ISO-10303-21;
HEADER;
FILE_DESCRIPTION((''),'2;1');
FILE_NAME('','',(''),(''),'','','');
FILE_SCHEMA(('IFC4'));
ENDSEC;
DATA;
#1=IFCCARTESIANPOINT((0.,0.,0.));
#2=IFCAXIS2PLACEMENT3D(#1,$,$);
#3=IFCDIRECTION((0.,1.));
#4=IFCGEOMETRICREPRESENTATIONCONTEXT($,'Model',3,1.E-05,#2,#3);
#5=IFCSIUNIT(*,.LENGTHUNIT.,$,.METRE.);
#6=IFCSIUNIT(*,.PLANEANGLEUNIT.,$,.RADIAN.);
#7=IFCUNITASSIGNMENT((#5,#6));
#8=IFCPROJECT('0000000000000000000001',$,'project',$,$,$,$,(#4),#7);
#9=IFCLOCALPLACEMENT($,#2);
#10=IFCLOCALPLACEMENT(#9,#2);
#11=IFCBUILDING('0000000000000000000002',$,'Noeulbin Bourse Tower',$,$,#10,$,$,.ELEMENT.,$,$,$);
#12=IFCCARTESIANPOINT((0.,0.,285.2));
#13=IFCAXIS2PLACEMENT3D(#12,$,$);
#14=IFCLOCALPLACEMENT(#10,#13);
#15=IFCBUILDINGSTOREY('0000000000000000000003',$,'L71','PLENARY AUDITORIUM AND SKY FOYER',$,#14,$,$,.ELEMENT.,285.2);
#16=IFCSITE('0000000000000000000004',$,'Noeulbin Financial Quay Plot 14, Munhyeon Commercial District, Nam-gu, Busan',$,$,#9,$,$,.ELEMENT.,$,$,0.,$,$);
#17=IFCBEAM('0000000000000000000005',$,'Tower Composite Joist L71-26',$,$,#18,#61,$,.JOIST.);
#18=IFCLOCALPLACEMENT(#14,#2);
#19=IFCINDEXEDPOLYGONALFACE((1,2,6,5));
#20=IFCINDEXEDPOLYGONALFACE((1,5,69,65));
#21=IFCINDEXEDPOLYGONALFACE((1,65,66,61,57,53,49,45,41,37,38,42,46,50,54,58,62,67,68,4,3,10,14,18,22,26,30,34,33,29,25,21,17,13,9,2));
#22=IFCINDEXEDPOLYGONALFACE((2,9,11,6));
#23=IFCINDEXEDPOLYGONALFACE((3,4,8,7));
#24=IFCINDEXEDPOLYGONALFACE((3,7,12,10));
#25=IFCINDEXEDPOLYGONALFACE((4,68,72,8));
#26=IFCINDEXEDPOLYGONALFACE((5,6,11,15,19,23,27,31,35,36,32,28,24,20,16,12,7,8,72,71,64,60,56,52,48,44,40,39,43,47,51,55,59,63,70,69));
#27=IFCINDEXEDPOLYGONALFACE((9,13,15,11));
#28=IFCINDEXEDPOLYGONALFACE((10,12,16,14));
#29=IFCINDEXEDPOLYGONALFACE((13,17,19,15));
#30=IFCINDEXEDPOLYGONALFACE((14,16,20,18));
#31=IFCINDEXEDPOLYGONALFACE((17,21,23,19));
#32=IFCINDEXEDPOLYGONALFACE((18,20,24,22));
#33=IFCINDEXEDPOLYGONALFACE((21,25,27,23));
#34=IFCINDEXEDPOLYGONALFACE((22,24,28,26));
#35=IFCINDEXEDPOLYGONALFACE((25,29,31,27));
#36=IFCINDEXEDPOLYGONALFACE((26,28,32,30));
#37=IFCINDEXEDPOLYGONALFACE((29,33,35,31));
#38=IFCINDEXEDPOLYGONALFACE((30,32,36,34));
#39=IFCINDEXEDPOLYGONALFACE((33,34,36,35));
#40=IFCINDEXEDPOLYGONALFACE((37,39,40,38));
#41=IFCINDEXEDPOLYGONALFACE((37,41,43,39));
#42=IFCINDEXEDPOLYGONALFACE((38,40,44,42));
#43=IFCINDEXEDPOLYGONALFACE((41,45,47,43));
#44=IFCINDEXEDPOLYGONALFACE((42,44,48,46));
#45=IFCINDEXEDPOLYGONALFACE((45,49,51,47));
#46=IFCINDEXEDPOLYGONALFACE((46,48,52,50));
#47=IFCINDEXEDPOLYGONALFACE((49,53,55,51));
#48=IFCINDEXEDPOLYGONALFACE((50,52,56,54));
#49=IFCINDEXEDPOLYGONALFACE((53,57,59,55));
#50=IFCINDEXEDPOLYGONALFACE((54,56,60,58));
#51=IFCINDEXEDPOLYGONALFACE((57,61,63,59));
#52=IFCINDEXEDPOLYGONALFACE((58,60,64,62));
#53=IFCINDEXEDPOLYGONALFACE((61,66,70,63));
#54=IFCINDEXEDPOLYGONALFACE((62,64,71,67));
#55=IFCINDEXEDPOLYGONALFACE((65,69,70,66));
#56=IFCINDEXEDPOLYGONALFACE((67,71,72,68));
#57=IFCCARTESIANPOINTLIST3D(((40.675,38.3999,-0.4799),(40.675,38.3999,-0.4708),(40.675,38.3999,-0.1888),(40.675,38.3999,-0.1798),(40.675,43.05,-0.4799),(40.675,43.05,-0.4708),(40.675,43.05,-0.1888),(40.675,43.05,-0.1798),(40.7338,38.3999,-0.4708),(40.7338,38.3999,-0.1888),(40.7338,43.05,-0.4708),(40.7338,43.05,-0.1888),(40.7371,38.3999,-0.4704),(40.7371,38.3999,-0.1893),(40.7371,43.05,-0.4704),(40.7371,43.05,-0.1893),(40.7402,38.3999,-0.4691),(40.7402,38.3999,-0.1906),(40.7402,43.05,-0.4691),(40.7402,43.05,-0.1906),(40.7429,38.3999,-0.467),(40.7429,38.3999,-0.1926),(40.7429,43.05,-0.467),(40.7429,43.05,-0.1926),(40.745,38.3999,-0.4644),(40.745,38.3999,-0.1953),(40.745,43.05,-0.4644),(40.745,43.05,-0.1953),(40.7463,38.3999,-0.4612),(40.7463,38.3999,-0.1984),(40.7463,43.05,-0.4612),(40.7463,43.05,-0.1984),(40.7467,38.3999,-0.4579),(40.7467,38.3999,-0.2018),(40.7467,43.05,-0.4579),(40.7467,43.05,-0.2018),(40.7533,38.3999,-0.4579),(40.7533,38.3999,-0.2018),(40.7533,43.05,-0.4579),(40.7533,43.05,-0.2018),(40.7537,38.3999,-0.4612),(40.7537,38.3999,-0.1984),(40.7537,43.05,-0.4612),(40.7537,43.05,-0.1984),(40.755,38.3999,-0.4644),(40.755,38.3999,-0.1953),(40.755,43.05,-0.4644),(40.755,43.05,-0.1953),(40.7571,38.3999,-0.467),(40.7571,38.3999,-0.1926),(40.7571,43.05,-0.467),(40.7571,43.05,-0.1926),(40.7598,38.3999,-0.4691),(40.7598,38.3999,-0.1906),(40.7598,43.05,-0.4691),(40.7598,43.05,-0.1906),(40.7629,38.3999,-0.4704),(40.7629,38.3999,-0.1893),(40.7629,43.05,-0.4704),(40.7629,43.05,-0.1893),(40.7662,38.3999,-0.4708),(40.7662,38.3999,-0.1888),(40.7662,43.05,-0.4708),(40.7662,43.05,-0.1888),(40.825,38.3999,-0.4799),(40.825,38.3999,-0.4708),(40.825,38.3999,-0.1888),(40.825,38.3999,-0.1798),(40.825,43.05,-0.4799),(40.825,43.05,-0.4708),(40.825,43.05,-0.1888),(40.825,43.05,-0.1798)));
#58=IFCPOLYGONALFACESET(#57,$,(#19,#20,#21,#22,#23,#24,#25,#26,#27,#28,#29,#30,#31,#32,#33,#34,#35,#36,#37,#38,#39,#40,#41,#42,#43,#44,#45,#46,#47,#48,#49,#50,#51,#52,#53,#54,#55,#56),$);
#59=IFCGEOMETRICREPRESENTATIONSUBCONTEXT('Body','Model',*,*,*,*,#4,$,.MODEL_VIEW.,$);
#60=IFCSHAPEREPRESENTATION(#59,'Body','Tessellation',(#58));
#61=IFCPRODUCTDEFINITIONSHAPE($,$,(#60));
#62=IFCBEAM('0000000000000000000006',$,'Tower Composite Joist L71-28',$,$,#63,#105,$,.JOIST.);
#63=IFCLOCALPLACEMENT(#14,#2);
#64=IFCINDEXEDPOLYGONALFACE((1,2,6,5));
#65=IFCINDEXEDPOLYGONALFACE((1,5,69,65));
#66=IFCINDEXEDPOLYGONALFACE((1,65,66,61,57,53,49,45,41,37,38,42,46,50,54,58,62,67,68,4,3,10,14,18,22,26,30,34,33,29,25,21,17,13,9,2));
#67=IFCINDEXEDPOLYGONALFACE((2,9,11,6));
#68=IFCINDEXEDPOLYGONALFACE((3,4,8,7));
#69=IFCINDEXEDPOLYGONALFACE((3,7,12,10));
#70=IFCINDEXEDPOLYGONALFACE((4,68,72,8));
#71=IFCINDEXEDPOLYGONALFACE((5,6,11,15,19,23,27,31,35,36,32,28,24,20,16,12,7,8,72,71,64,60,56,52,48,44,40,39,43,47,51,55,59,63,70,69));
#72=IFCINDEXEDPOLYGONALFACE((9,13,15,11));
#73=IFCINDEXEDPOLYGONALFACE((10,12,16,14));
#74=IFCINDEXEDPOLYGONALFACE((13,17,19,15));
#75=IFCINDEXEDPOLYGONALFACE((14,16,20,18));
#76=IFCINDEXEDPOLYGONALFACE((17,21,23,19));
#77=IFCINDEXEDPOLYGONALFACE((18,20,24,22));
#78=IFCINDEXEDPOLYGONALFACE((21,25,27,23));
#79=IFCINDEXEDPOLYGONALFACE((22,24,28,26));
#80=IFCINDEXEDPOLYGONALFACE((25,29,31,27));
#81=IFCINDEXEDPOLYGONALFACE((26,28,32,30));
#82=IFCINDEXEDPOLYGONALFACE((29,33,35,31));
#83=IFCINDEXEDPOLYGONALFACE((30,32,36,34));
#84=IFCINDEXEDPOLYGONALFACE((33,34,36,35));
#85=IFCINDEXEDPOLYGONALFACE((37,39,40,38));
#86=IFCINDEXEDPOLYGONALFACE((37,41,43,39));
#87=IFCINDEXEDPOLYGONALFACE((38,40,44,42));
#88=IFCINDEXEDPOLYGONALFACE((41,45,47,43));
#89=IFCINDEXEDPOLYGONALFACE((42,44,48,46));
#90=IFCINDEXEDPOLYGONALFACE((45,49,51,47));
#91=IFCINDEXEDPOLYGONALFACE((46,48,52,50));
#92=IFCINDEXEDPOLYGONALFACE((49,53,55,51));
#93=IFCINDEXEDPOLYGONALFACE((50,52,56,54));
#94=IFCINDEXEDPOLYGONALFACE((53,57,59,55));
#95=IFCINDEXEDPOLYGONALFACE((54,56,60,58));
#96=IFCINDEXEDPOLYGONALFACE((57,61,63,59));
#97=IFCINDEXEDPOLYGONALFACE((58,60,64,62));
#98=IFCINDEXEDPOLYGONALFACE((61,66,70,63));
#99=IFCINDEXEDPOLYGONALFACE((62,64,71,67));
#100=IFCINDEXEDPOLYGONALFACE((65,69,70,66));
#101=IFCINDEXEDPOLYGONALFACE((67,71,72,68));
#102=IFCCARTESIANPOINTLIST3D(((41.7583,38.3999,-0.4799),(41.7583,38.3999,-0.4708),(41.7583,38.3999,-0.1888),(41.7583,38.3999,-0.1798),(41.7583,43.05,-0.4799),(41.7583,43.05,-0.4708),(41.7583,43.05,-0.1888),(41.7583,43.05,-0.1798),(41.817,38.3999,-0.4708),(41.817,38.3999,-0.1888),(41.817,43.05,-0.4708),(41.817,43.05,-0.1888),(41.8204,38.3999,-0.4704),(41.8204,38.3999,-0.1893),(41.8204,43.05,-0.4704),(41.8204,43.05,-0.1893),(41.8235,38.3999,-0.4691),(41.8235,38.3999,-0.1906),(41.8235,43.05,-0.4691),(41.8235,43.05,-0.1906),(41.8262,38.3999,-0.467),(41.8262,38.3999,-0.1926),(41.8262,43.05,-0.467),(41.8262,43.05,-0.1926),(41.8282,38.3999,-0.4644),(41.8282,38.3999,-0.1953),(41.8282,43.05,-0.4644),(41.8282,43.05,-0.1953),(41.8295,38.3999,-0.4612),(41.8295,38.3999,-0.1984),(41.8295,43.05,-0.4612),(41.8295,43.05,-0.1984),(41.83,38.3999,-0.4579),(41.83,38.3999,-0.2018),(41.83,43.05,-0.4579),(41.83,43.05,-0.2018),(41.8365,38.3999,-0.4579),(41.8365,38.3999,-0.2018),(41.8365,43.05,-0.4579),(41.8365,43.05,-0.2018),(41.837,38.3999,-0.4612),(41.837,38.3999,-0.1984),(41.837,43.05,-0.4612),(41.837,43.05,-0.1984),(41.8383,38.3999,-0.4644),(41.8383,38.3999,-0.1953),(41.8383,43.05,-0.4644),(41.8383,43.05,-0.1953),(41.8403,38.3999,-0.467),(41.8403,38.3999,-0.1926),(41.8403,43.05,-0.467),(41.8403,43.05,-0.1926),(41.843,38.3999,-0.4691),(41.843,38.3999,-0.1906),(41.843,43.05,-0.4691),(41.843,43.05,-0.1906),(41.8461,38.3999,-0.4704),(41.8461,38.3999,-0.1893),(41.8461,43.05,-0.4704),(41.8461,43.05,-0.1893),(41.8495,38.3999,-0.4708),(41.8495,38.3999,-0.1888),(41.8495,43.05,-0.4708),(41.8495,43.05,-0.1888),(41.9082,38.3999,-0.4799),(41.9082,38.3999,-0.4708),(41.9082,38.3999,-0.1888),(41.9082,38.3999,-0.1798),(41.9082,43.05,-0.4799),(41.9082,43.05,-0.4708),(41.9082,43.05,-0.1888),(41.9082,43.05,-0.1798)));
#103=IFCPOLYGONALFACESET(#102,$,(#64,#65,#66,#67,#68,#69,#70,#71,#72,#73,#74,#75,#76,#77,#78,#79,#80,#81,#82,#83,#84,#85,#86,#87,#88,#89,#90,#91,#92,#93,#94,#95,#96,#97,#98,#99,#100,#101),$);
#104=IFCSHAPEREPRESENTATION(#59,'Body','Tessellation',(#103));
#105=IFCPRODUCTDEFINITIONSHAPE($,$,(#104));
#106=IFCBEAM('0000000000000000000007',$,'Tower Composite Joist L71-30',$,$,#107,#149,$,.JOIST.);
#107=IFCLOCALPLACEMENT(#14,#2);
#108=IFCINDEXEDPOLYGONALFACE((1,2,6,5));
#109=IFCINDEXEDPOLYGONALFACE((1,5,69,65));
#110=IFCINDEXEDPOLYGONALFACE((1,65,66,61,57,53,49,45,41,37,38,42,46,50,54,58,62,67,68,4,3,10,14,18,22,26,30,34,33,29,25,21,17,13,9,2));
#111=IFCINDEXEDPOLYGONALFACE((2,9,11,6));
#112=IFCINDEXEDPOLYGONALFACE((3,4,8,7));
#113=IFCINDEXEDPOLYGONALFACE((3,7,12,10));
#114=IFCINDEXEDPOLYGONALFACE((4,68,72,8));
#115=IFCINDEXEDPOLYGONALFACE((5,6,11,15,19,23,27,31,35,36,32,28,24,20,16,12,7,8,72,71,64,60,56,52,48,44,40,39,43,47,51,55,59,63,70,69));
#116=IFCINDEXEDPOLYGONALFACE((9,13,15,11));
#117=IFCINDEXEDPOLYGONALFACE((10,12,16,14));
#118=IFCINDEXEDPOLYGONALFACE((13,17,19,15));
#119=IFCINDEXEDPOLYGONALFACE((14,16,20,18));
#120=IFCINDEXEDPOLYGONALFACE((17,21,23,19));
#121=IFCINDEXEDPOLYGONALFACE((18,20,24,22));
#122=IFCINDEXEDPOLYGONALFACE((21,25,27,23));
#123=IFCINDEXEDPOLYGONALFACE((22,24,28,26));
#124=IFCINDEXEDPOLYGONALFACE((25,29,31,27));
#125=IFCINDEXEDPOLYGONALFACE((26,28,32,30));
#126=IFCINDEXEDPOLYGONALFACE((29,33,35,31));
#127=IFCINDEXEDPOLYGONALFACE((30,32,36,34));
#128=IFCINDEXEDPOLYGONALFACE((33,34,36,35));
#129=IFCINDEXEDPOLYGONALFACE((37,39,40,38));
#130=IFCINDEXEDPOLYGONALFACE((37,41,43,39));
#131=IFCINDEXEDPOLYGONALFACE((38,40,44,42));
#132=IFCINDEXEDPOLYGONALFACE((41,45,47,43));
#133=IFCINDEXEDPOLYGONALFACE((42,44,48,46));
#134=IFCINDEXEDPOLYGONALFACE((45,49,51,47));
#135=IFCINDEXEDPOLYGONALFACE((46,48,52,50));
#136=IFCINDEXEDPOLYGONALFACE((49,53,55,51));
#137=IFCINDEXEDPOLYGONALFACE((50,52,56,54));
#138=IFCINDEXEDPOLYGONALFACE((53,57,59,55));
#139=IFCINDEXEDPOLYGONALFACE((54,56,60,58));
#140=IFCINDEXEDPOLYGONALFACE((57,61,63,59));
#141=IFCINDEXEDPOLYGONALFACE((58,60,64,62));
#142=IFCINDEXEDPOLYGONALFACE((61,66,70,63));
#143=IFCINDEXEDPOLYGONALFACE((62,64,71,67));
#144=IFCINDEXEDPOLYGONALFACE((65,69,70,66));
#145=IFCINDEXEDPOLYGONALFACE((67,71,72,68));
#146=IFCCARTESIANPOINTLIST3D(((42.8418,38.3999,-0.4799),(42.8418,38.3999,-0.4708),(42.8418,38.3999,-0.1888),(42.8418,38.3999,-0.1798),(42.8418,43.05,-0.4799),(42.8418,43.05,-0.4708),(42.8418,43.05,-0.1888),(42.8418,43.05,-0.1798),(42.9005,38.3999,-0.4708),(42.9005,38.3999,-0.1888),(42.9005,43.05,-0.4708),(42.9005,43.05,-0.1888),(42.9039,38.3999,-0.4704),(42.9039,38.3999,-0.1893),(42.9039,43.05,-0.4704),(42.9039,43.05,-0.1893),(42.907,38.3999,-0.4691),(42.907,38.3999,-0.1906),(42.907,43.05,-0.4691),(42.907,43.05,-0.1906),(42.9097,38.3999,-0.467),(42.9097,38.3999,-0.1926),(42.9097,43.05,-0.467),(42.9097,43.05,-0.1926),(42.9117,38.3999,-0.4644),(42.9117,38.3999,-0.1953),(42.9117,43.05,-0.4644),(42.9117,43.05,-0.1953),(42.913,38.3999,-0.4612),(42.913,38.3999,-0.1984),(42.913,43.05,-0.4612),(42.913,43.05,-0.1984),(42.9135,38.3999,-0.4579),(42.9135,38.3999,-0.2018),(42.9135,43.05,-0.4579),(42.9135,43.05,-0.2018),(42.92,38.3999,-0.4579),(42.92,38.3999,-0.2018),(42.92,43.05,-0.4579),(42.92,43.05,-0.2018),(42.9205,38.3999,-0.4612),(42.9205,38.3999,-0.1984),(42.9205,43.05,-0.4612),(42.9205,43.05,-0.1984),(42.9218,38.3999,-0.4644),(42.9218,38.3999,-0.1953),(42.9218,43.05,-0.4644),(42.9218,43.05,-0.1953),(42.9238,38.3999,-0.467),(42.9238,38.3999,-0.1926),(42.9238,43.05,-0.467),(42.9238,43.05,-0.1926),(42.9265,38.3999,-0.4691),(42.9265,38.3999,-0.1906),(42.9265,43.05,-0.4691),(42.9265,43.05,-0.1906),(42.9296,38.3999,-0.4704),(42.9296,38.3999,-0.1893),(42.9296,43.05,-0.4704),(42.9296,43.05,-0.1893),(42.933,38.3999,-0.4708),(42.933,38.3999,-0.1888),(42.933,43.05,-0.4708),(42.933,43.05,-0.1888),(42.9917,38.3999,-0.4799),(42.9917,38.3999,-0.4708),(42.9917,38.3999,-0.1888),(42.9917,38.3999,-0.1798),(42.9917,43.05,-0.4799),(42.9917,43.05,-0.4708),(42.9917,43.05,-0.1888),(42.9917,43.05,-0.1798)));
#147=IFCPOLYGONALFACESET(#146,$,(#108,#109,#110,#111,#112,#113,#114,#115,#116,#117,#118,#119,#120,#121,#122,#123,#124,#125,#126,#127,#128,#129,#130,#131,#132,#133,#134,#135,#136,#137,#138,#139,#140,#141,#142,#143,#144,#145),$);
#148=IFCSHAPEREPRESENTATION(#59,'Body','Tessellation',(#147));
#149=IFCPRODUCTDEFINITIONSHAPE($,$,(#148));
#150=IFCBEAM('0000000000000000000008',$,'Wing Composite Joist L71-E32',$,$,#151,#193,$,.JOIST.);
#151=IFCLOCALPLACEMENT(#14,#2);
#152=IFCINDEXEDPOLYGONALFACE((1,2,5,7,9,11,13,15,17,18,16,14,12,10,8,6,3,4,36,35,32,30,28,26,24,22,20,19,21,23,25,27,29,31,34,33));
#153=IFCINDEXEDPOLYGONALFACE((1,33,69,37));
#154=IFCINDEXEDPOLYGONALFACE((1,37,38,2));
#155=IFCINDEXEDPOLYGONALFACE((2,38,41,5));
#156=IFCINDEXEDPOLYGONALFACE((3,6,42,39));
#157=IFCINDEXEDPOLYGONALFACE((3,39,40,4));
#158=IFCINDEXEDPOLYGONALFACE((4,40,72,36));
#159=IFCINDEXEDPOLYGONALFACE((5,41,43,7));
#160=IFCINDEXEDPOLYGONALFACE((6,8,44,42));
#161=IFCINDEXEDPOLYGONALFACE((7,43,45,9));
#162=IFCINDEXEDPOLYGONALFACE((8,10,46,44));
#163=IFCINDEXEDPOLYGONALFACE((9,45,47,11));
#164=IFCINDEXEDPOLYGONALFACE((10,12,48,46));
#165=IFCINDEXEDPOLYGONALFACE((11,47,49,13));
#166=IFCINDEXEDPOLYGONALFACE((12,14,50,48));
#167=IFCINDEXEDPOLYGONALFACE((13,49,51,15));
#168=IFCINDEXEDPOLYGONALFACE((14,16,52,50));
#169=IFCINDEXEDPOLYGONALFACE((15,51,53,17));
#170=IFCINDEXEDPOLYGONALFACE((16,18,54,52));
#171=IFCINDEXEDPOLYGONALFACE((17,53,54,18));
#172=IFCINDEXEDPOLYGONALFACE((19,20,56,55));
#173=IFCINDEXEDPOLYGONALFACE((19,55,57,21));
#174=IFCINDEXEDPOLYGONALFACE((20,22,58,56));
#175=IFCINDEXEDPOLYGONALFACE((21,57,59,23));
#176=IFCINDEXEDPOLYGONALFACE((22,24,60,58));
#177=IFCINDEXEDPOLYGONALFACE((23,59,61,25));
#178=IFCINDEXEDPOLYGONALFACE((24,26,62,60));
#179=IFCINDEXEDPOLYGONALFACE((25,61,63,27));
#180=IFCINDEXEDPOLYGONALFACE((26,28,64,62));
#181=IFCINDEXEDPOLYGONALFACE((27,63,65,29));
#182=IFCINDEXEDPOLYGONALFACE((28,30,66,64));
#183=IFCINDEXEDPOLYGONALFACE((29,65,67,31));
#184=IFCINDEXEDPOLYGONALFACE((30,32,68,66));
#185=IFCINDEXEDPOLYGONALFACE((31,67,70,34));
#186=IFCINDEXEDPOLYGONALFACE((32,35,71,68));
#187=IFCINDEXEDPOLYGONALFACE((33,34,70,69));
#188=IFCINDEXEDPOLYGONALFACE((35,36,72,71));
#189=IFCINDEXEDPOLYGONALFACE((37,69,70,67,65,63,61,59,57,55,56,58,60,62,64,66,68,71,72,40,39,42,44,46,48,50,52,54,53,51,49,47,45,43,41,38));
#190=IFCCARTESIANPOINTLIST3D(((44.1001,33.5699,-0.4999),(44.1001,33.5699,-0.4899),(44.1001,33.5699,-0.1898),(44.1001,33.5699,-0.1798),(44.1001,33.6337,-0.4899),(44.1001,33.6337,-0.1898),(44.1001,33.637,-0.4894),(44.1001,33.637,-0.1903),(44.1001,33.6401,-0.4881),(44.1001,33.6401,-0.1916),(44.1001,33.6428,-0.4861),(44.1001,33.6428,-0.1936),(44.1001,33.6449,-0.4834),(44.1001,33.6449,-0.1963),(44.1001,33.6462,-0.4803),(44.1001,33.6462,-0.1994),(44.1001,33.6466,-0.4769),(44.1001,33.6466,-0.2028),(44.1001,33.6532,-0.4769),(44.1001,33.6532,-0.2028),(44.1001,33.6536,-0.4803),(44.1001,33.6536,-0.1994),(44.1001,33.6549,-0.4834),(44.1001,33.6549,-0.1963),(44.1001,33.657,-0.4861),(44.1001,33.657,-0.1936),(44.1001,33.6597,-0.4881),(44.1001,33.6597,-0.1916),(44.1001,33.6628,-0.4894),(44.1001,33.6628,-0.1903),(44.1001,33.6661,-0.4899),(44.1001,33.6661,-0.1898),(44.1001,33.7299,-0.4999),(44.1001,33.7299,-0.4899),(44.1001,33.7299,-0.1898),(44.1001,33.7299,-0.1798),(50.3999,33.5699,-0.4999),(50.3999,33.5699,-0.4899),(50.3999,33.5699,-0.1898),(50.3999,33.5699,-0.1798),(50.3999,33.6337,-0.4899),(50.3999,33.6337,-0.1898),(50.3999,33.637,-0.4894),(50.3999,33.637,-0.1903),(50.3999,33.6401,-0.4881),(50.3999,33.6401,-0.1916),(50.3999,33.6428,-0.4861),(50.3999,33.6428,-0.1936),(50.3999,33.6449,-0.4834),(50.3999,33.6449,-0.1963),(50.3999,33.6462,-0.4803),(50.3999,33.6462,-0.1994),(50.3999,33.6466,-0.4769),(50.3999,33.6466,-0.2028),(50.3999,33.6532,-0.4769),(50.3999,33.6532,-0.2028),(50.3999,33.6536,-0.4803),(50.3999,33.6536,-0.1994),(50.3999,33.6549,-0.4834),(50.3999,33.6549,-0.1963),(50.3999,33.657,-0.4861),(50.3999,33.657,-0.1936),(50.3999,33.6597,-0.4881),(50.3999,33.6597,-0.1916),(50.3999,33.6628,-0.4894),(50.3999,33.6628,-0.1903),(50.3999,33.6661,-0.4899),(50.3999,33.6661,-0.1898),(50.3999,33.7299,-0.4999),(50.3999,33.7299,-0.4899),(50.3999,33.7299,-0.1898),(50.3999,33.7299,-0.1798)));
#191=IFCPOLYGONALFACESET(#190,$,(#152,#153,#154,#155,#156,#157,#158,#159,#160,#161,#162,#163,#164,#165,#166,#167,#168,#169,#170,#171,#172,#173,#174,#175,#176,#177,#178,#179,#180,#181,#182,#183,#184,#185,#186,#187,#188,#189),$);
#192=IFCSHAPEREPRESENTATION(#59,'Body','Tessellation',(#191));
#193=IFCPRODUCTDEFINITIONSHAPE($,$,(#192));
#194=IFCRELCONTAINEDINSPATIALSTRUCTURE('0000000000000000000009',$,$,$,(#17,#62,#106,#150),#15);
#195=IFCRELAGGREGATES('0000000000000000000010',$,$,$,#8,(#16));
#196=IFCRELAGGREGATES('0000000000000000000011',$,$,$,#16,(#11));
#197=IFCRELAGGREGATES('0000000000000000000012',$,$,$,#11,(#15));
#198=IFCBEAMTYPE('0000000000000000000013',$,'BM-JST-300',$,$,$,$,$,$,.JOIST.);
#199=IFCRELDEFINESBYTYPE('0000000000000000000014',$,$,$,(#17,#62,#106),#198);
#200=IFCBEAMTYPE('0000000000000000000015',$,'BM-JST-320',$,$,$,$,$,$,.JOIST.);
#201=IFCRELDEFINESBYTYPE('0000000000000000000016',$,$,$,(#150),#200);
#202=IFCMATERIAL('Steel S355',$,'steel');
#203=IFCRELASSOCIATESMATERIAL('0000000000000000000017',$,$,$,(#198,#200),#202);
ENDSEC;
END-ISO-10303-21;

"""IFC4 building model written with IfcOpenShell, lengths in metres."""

from ifc_helpers import new_model, si_unit, direction, frame, origin, origin_2d, place, context, subcontext, project, spatial, i_section, extrude, material, material_profile, profile_set, type_object, element, save


model = new_model("IFC4")

# Units and contexts
model_context = context("Model", 3, precision=1e-05, world=origin(), true_north=direction((0.0, 1.0)))
body_context = subcontext(model_context, "Body", "Model", "MODEL_VIEW")
ifc_project = project(units=[si_unit("LENGTHUNIT", "METRE"), si_unit("PLANEANGLEUNIT", "RADIAN")], contexts=[model_context])

# Site, building, storey
site_placement = place(None, origin())
site = spatial("IfcSite", under=ifc_project, at=site_placement, Name="Noeulbin Financial Quay Plot 14, Munhyeon Commercial District, Nam-gu, Busan", CompositionType="ELEMENT", RefElevation=0.0)
building_placement = place(site_placement, origin())
building = spatial("IfcBuilding", under=site, at=building_placement, Name="Noeulbin Bourse Tower", CompositionType="ELEMENT")
storey_placement = place(building_placement, frame((0.0, 0.0, 285.2)))
storey = spatial("IfcBuildingStorey", under=building, at=storey_placement, Name="L71", Description="PLENARY AUDITORIUM AND SKY FOYER", CompositionType="ELEMENT", Elevation=285.2)

# Shared definitions
ifc_material_1 = material(Name="Steel S355", Category="steel")

# Beams
ifc_material_profile_1 = material_profile(ifc_material_1, i_section(OverallWidth=0.1499, OverallDepth=0.3, WebThickness=0.0066, FlangeThickness=0.009, FilletRadius=0.0129, at=origin_2d()), Name="H-300x150x6.5x9", Category="LoadBearing")
ifc_profile_set_1 = profile_set([ifc_material_profile_1], Name="Steel S355")
beam_type_1 = type_object("IfcBeamType", Name="BM-JST-300", PredefinedType="JOIST", material=ifc_profile_set_1)
for number, where, z_axis, x_axis, name in (
    (1, (40.75, 38.3999, -0.3298), (0.0, 1.0, 0.0), (-1.0, 0.0, 0.0), "Tower Composite Joist L71-26"),
    (2, (41.8333, 38.3999, -0.3298), (0.0, 1.0, 0.0), (-1.0, 0.0, 0.0), "Tower Composite Joist L71-28"),
    (3, (42.9167, 38.3999, -0.3298), (0.0, 1.0, 0.0), (-1.0, 0.0, 0.0), "Tower Composite Joist L71-30"),
):
    element("IfcBeam", number, at=place(storey_placement, frame(where, z_axis=z_axis, x_axis=x_axis)), inside=storey, type_object=beam_type_1, Name=name, PredefinedType="JOIST", context=body_context, shape_type="SweptSolid", body=[
        extrude(i_section(OverallWidth=0.1499, OverallDepth=0.3, WebThickness=0.0066, FlangeThickness=0.009, FilletRadius=0.0129, at=origin_2d()), origin(), (0.0, 0.0, 1.0), 4.6501),
    ])
ifc_material_profile_2 = material_profile(ifc_material_1, i_section(OverallWidth=0.1599, OverallDepth=0.3201, WebThickness=0.0066, FlangeThickness=0.01, FilletRadius=0.0129, at=origin_2d()), Name="H-320x160x6.5x10", Category="LoadBearing")
ifc_profile_set_2 = profile_set([ifc_material_profile_2], Name="Steel S355")
beam_type_2 = type_object("IfcBeamType", Name="BM-JST-320", PredefinedType="JOIST", material=ifc_profile_set_2)
for number, where, z_axis, x_axis, name in (
    (4, (44.1001, 33.6499, -0.3398), (1.0, 0.0, 0.0), (0.0, 1.0, 0.0), "Wing Composite Joist L71-E32"),
):
    element("IfcBeam", number, at=place(storey_placement, frame(where, z_axis=z_axis, x_axis=x_axis)), inside=storey, type_object=beam_type_2, Name=name, PredefinedType="JOIST", context=body_context, shape_type="SweptSolid", body=[
        extrude(i_section(OverallWidth=0.1599, OverallDepth=0.3201, WebThickness=0.0066, FlangeThickness=0.01, FilletRadius=0.0129, at=origin_2d()), origin(), (0.0, 0.0, 1.0), 6.2998),
    ])

save(model, "model.ifc")
